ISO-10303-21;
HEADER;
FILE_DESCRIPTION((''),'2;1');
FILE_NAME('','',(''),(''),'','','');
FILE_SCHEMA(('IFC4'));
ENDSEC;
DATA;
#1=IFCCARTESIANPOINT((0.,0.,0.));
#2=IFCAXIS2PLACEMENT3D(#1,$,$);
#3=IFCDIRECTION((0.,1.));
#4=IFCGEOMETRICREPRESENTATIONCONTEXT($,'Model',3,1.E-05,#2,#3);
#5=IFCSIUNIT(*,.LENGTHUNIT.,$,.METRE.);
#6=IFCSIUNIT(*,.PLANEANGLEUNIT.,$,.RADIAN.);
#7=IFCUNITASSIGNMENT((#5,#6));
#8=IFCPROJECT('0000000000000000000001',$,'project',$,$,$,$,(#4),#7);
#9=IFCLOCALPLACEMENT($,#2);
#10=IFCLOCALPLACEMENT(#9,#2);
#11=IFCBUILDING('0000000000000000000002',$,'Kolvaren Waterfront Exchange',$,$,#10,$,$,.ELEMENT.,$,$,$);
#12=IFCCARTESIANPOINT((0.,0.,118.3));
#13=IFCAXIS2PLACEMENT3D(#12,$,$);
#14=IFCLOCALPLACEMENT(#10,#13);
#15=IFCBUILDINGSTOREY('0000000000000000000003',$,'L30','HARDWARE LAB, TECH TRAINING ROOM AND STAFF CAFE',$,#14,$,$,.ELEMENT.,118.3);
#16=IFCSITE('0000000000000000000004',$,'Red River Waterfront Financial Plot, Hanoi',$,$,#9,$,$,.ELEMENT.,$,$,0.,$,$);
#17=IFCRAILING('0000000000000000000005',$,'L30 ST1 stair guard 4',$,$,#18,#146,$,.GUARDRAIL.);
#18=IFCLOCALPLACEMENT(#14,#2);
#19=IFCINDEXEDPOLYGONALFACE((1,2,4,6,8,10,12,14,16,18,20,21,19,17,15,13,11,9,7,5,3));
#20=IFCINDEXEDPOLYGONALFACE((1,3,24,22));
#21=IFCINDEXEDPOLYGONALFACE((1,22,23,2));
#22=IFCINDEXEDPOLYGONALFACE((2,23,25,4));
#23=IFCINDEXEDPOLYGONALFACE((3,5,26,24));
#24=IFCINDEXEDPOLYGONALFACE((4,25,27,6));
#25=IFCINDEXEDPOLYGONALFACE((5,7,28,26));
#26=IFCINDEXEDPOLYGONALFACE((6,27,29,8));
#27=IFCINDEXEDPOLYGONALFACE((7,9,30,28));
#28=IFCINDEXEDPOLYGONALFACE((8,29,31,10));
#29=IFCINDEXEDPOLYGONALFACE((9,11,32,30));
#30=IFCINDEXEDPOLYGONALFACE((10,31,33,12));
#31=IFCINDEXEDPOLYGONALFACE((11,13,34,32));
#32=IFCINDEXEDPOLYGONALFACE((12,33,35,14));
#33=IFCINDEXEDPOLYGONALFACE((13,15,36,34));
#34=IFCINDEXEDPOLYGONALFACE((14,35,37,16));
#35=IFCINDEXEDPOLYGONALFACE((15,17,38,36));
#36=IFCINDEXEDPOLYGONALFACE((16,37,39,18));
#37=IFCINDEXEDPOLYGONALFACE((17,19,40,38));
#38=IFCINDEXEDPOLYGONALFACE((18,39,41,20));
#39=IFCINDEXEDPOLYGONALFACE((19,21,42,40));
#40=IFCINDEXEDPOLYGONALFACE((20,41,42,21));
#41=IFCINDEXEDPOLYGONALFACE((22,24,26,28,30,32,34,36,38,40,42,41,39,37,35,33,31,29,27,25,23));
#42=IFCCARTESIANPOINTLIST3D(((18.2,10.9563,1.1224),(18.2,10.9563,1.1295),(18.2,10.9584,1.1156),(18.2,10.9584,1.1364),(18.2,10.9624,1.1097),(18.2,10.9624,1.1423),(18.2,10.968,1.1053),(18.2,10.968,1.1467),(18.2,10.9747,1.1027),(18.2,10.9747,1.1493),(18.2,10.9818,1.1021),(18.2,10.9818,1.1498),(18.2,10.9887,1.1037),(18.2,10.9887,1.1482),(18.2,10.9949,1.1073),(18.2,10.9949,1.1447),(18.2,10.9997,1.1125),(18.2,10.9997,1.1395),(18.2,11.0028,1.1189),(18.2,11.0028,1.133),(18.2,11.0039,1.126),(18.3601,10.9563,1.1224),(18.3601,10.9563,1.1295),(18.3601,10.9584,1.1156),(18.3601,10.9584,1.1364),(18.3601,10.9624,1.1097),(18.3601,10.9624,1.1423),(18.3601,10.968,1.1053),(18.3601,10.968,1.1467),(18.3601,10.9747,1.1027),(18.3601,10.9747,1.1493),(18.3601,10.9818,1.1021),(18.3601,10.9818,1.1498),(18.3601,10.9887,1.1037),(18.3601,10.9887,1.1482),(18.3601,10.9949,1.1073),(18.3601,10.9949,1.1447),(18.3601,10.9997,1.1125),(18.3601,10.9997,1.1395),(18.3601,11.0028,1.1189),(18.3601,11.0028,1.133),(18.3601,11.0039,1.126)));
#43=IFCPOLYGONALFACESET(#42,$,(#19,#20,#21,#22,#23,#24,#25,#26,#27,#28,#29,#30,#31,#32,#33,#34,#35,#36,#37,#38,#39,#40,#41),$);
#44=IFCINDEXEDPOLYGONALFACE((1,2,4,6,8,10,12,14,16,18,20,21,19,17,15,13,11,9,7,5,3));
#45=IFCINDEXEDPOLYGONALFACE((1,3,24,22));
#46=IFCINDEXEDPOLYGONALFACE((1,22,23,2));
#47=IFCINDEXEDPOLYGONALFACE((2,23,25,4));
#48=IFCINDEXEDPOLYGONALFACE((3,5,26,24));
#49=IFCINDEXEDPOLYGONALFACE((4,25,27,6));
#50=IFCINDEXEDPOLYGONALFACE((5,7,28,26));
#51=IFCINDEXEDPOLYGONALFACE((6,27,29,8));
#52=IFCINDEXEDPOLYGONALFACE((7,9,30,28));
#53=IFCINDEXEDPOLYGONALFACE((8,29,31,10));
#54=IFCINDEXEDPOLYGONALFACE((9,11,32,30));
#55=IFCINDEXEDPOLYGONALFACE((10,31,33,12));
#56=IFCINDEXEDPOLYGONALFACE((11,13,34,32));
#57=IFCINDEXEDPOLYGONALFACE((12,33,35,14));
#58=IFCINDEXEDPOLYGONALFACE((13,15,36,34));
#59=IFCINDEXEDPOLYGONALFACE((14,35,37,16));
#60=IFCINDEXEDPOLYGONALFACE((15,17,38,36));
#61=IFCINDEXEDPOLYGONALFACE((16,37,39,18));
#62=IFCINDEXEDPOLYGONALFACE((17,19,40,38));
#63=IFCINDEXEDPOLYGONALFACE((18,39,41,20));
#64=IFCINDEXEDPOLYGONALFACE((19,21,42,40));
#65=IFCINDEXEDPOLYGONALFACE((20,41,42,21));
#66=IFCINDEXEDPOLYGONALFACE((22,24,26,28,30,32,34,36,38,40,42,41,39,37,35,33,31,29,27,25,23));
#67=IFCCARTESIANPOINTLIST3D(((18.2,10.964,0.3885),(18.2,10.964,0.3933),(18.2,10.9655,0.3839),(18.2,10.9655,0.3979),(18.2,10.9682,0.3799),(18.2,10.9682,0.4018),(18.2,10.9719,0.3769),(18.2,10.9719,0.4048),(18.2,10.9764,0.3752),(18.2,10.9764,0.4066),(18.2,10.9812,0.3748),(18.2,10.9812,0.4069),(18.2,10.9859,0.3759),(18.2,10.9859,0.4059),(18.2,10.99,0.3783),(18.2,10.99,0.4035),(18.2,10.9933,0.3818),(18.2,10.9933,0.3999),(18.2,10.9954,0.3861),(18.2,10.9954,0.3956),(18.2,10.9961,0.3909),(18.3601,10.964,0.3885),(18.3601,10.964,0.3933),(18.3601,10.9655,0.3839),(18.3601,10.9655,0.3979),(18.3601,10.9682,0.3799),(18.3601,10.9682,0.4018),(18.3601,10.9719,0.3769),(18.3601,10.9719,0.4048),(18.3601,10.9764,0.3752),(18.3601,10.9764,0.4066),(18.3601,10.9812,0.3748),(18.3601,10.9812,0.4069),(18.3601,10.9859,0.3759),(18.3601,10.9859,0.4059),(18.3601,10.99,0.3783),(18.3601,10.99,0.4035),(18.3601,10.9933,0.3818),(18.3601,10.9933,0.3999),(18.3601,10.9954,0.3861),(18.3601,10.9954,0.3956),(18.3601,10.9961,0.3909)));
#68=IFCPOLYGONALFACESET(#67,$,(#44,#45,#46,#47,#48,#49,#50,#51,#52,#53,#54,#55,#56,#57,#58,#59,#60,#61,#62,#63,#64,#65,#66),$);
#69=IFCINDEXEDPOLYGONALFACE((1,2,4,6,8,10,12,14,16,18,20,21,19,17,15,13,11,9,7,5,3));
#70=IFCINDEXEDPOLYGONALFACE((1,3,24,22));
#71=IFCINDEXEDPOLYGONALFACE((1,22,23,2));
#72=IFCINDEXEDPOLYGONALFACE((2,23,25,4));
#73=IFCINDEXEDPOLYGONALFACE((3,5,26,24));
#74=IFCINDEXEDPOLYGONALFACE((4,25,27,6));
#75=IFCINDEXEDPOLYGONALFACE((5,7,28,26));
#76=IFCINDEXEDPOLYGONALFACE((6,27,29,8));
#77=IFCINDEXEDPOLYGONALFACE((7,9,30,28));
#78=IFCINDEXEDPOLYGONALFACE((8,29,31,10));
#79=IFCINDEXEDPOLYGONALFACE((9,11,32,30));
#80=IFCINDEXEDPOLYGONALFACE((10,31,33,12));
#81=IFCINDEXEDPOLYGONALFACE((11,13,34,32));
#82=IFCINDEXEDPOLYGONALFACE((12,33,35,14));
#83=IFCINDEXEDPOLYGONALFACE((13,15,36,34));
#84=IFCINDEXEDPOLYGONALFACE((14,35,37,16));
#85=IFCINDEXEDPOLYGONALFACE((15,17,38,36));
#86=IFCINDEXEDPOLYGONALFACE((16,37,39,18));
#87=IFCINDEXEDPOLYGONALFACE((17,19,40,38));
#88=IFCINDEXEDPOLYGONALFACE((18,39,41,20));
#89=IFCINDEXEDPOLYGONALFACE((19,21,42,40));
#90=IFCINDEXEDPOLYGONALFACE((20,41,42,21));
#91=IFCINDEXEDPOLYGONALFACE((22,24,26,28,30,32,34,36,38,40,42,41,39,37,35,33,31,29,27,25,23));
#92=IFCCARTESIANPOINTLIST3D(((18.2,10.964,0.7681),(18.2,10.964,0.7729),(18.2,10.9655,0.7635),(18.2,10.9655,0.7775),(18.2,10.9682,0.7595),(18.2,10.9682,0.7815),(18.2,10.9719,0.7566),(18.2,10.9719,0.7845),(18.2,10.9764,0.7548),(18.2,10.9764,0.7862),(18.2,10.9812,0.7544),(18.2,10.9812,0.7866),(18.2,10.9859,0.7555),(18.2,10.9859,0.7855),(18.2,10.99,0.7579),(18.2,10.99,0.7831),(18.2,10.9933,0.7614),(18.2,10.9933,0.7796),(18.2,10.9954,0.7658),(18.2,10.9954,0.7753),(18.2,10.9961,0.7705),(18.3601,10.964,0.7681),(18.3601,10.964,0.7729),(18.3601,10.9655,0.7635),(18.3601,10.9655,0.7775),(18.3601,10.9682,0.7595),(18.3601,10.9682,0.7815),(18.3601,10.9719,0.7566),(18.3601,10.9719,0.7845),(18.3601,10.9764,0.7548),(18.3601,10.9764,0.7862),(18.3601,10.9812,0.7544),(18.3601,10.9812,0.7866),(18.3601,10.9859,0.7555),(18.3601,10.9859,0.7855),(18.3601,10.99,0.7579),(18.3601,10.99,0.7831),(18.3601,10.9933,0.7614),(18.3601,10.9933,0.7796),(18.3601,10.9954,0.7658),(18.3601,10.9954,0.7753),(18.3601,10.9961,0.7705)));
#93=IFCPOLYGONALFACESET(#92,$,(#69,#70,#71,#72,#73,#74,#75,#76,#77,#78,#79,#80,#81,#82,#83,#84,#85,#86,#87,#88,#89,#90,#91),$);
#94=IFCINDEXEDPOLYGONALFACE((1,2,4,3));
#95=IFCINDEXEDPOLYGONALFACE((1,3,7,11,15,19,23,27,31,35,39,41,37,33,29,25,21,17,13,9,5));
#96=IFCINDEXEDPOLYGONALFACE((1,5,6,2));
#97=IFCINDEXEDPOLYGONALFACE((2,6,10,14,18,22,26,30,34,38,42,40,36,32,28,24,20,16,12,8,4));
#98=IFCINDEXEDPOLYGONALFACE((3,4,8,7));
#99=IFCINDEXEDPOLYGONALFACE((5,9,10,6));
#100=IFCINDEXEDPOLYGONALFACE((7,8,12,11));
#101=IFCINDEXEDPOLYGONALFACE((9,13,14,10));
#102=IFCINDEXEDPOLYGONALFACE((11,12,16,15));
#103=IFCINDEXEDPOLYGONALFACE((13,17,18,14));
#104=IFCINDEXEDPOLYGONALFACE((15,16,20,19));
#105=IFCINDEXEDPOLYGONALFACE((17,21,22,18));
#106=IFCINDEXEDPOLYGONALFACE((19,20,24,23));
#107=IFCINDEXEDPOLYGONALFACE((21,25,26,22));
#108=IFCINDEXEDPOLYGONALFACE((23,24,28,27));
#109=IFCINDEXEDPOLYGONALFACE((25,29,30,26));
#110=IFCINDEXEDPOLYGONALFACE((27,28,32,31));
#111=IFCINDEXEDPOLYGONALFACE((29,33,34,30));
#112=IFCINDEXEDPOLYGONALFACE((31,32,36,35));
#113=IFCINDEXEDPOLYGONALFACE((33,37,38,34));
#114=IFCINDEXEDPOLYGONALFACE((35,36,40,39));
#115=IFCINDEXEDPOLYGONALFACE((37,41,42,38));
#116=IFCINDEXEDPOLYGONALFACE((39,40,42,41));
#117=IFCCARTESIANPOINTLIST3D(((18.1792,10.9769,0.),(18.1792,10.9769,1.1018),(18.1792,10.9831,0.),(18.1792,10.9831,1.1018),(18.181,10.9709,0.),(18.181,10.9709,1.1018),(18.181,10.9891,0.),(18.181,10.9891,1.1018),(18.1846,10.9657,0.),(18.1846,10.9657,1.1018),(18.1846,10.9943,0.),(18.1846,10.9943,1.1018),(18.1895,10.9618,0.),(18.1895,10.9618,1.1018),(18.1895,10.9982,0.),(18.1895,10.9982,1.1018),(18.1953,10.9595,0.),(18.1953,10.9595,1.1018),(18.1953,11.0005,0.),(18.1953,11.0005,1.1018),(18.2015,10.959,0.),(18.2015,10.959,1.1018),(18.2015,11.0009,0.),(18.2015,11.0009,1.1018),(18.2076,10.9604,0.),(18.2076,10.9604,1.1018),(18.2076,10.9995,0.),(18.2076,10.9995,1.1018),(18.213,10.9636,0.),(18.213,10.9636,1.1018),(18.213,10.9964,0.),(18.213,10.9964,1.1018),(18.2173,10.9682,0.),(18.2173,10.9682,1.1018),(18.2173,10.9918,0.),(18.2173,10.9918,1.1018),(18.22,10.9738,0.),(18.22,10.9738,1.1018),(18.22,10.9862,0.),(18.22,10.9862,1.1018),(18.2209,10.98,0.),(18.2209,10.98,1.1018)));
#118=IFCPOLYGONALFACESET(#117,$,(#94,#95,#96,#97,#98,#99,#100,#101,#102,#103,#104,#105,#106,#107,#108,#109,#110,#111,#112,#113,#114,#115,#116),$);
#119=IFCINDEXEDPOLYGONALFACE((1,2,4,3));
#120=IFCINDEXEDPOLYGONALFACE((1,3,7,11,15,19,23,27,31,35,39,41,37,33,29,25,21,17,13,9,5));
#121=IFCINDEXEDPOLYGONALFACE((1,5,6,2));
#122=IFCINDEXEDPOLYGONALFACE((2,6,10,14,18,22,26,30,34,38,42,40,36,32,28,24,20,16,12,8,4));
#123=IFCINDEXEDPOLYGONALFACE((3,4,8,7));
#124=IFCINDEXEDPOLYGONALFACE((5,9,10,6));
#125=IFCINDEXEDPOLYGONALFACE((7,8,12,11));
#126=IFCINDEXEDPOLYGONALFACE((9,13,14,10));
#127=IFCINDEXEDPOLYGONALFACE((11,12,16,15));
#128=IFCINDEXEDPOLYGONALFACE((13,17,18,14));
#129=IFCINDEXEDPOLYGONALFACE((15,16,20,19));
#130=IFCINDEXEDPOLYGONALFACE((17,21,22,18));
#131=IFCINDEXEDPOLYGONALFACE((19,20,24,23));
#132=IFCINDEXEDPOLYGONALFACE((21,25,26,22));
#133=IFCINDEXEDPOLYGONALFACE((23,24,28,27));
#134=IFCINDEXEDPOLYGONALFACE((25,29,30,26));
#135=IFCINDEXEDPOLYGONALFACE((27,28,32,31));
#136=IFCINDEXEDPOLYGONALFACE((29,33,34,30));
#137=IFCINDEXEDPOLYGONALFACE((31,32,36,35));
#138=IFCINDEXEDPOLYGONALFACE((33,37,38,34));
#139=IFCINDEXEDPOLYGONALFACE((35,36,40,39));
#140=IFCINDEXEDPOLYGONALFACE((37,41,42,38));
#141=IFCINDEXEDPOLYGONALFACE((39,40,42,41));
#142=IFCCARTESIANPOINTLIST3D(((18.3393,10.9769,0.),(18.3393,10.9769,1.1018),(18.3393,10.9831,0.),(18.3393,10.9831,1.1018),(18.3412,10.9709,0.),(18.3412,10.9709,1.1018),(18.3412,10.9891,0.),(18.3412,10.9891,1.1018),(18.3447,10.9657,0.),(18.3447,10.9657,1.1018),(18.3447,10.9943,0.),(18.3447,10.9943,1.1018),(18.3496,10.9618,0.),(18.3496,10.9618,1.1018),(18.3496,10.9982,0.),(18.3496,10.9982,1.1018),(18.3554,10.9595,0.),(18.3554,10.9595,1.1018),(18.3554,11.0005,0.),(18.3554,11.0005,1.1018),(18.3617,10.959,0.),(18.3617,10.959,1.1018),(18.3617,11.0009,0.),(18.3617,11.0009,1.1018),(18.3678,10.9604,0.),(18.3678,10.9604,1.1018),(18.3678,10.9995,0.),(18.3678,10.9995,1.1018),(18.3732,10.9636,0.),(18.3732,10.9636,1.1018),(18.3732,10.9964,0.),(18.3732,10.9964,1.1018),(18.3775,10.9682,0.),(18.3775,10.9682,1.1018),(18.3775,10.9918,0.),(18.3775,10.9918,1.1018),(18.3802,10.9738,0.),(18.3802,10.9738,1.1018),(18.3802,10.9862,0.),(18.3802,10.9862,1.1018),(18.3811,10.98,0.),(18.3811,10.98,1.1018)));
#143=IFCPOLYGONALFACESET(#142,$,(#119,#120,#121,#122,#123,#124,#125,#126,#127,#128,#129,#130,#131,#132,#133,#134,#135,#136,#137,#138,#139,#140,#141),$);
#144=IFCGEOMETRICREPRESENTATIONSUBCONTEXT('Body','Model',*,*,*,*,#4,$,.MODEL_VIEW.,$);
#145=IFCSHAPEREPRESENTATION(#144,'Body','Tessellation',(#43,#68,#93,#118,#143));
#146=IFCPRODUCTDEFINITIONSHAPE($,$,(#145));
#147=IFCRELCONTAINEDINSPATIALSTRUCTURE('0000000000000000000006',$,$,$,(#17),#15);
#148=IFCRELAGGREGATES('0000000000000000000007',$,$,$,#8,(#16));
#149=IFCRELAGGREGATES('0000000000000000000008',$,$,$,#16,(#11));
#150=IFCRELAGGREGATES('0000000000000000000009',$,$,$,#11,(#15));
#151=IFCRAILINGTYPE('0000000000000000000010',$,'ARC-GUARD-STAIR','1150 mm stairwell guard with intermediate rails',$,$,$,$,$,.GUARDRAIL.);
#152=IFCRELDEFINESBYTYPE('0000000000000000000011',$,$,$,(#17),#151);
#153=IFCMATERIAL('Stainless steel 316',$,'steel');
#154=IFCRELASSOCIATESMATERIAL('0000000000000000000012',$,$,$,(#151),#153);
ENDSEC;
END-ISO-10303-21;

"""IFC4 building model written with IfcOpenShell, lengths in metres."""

from ifc_helpers import new_model, si_unit, direction, frame, origin, origin_2d, place, context, subcontext, project, spatial, circle, extrude, material, type_object, element, save


model = new_model("IFC4")

# Units and contexts
model_context = context("Model", 3, precision=1e-05, world=origin(), true_north=direction((0.0, 1.0)))
body_context = subcontext(model_context, "Body", "Model", "MODEL_VIEW")
ifc_project = project(units=[si_unit("LENGTHUNIT", "METRE"), si_unit("PLANEANGLEUNIT", "RADIAN")], contexts=[model_context])

# Site, building, storey
site_placement = place(None, origin())
site = spatial("IfcSite", under=ifc_project, at=site_placement, Name="Red River Waterfront Financial Plot, Hanoi", CompositionType="ELEMENT", RefElevation=0.0)
building_placement = place(site_placement, origin())
building = spatial("IfcBuilding", under=site, at=building_placement, Name="Kolvaren Waterfront Exchange", CompositionType="ELEMENT")
storey_placement = place(building_placement, frame((0.0, 0.0, 118.3)))
storey = spatial("IfcBuildingStorey", under=building, at=storey_placement, Name="L30", Description="HARDWARE LAB, TECH TRAINING ROOM AND STAFF CAFE", CompositionType="ELEMENT", Elevation=118.3)

# Railing
ifc_material_1 = material(Name="Stainless steel 316", Category="steel")
railing_type_1 = type_object("IfcRailingType", Name="ARC-GUARD-STAIR", Description="1150 mm stairwell guard with intermediate rails", PredefinedType="GUARDRAIL", material=ifc_material_1)
railing_1_placement = place(storey_placement, frame((18.2, 10.98, 0.0)))
element("IfcRailing", 1, at=railing_1_placement, inside=storey, type_object=railing_type_1, Name="L30 ST1 stair guard 4", PredefinedType="GUARDRAIL", context=body_context, shape_type="SweptSolid", body=[
    extrude(circle(Radius=0.0239, at=origin_2d()), frame((0.0, 0.0, 1.126), z_axis=(1.0, 0.0, 0.0), x_axis=(0.0, 1.0, 0.0)), (0.0, 0.0, 1.0), 0.1602),
    extrude(circle(Radius=0.0161, at=origin_2d()), frame((0.0, 0.0, 0.3909), z_axis=(1.0, 0.0, 0.0), x_axis=(0.0, 1.0, 0.0)), (0.0, 0.0, 1.0), 0.1602),
    extrude(circle(Radius=0.0161, at=origin_2d()), frame((0.0, 0.0, 0.7705), z_axis=(1.0, 0.0, 0.0), x_axis=(0.0, 1.0, 0.0)), (0.0, 0.0, 1.0), 0.1602),
    extrude(circle(Radius=0.021, at=origin_2d()), origin(), (0.0, 0.0, 1.0), 1.1018),
    extrude(circle(Radius=0.021, at=origin_2d()), frame((0.1602, 0.0, 0.0)), (0.0, 0.0, 1.0), 1.1018),
])

save(model, "model.ifc")
